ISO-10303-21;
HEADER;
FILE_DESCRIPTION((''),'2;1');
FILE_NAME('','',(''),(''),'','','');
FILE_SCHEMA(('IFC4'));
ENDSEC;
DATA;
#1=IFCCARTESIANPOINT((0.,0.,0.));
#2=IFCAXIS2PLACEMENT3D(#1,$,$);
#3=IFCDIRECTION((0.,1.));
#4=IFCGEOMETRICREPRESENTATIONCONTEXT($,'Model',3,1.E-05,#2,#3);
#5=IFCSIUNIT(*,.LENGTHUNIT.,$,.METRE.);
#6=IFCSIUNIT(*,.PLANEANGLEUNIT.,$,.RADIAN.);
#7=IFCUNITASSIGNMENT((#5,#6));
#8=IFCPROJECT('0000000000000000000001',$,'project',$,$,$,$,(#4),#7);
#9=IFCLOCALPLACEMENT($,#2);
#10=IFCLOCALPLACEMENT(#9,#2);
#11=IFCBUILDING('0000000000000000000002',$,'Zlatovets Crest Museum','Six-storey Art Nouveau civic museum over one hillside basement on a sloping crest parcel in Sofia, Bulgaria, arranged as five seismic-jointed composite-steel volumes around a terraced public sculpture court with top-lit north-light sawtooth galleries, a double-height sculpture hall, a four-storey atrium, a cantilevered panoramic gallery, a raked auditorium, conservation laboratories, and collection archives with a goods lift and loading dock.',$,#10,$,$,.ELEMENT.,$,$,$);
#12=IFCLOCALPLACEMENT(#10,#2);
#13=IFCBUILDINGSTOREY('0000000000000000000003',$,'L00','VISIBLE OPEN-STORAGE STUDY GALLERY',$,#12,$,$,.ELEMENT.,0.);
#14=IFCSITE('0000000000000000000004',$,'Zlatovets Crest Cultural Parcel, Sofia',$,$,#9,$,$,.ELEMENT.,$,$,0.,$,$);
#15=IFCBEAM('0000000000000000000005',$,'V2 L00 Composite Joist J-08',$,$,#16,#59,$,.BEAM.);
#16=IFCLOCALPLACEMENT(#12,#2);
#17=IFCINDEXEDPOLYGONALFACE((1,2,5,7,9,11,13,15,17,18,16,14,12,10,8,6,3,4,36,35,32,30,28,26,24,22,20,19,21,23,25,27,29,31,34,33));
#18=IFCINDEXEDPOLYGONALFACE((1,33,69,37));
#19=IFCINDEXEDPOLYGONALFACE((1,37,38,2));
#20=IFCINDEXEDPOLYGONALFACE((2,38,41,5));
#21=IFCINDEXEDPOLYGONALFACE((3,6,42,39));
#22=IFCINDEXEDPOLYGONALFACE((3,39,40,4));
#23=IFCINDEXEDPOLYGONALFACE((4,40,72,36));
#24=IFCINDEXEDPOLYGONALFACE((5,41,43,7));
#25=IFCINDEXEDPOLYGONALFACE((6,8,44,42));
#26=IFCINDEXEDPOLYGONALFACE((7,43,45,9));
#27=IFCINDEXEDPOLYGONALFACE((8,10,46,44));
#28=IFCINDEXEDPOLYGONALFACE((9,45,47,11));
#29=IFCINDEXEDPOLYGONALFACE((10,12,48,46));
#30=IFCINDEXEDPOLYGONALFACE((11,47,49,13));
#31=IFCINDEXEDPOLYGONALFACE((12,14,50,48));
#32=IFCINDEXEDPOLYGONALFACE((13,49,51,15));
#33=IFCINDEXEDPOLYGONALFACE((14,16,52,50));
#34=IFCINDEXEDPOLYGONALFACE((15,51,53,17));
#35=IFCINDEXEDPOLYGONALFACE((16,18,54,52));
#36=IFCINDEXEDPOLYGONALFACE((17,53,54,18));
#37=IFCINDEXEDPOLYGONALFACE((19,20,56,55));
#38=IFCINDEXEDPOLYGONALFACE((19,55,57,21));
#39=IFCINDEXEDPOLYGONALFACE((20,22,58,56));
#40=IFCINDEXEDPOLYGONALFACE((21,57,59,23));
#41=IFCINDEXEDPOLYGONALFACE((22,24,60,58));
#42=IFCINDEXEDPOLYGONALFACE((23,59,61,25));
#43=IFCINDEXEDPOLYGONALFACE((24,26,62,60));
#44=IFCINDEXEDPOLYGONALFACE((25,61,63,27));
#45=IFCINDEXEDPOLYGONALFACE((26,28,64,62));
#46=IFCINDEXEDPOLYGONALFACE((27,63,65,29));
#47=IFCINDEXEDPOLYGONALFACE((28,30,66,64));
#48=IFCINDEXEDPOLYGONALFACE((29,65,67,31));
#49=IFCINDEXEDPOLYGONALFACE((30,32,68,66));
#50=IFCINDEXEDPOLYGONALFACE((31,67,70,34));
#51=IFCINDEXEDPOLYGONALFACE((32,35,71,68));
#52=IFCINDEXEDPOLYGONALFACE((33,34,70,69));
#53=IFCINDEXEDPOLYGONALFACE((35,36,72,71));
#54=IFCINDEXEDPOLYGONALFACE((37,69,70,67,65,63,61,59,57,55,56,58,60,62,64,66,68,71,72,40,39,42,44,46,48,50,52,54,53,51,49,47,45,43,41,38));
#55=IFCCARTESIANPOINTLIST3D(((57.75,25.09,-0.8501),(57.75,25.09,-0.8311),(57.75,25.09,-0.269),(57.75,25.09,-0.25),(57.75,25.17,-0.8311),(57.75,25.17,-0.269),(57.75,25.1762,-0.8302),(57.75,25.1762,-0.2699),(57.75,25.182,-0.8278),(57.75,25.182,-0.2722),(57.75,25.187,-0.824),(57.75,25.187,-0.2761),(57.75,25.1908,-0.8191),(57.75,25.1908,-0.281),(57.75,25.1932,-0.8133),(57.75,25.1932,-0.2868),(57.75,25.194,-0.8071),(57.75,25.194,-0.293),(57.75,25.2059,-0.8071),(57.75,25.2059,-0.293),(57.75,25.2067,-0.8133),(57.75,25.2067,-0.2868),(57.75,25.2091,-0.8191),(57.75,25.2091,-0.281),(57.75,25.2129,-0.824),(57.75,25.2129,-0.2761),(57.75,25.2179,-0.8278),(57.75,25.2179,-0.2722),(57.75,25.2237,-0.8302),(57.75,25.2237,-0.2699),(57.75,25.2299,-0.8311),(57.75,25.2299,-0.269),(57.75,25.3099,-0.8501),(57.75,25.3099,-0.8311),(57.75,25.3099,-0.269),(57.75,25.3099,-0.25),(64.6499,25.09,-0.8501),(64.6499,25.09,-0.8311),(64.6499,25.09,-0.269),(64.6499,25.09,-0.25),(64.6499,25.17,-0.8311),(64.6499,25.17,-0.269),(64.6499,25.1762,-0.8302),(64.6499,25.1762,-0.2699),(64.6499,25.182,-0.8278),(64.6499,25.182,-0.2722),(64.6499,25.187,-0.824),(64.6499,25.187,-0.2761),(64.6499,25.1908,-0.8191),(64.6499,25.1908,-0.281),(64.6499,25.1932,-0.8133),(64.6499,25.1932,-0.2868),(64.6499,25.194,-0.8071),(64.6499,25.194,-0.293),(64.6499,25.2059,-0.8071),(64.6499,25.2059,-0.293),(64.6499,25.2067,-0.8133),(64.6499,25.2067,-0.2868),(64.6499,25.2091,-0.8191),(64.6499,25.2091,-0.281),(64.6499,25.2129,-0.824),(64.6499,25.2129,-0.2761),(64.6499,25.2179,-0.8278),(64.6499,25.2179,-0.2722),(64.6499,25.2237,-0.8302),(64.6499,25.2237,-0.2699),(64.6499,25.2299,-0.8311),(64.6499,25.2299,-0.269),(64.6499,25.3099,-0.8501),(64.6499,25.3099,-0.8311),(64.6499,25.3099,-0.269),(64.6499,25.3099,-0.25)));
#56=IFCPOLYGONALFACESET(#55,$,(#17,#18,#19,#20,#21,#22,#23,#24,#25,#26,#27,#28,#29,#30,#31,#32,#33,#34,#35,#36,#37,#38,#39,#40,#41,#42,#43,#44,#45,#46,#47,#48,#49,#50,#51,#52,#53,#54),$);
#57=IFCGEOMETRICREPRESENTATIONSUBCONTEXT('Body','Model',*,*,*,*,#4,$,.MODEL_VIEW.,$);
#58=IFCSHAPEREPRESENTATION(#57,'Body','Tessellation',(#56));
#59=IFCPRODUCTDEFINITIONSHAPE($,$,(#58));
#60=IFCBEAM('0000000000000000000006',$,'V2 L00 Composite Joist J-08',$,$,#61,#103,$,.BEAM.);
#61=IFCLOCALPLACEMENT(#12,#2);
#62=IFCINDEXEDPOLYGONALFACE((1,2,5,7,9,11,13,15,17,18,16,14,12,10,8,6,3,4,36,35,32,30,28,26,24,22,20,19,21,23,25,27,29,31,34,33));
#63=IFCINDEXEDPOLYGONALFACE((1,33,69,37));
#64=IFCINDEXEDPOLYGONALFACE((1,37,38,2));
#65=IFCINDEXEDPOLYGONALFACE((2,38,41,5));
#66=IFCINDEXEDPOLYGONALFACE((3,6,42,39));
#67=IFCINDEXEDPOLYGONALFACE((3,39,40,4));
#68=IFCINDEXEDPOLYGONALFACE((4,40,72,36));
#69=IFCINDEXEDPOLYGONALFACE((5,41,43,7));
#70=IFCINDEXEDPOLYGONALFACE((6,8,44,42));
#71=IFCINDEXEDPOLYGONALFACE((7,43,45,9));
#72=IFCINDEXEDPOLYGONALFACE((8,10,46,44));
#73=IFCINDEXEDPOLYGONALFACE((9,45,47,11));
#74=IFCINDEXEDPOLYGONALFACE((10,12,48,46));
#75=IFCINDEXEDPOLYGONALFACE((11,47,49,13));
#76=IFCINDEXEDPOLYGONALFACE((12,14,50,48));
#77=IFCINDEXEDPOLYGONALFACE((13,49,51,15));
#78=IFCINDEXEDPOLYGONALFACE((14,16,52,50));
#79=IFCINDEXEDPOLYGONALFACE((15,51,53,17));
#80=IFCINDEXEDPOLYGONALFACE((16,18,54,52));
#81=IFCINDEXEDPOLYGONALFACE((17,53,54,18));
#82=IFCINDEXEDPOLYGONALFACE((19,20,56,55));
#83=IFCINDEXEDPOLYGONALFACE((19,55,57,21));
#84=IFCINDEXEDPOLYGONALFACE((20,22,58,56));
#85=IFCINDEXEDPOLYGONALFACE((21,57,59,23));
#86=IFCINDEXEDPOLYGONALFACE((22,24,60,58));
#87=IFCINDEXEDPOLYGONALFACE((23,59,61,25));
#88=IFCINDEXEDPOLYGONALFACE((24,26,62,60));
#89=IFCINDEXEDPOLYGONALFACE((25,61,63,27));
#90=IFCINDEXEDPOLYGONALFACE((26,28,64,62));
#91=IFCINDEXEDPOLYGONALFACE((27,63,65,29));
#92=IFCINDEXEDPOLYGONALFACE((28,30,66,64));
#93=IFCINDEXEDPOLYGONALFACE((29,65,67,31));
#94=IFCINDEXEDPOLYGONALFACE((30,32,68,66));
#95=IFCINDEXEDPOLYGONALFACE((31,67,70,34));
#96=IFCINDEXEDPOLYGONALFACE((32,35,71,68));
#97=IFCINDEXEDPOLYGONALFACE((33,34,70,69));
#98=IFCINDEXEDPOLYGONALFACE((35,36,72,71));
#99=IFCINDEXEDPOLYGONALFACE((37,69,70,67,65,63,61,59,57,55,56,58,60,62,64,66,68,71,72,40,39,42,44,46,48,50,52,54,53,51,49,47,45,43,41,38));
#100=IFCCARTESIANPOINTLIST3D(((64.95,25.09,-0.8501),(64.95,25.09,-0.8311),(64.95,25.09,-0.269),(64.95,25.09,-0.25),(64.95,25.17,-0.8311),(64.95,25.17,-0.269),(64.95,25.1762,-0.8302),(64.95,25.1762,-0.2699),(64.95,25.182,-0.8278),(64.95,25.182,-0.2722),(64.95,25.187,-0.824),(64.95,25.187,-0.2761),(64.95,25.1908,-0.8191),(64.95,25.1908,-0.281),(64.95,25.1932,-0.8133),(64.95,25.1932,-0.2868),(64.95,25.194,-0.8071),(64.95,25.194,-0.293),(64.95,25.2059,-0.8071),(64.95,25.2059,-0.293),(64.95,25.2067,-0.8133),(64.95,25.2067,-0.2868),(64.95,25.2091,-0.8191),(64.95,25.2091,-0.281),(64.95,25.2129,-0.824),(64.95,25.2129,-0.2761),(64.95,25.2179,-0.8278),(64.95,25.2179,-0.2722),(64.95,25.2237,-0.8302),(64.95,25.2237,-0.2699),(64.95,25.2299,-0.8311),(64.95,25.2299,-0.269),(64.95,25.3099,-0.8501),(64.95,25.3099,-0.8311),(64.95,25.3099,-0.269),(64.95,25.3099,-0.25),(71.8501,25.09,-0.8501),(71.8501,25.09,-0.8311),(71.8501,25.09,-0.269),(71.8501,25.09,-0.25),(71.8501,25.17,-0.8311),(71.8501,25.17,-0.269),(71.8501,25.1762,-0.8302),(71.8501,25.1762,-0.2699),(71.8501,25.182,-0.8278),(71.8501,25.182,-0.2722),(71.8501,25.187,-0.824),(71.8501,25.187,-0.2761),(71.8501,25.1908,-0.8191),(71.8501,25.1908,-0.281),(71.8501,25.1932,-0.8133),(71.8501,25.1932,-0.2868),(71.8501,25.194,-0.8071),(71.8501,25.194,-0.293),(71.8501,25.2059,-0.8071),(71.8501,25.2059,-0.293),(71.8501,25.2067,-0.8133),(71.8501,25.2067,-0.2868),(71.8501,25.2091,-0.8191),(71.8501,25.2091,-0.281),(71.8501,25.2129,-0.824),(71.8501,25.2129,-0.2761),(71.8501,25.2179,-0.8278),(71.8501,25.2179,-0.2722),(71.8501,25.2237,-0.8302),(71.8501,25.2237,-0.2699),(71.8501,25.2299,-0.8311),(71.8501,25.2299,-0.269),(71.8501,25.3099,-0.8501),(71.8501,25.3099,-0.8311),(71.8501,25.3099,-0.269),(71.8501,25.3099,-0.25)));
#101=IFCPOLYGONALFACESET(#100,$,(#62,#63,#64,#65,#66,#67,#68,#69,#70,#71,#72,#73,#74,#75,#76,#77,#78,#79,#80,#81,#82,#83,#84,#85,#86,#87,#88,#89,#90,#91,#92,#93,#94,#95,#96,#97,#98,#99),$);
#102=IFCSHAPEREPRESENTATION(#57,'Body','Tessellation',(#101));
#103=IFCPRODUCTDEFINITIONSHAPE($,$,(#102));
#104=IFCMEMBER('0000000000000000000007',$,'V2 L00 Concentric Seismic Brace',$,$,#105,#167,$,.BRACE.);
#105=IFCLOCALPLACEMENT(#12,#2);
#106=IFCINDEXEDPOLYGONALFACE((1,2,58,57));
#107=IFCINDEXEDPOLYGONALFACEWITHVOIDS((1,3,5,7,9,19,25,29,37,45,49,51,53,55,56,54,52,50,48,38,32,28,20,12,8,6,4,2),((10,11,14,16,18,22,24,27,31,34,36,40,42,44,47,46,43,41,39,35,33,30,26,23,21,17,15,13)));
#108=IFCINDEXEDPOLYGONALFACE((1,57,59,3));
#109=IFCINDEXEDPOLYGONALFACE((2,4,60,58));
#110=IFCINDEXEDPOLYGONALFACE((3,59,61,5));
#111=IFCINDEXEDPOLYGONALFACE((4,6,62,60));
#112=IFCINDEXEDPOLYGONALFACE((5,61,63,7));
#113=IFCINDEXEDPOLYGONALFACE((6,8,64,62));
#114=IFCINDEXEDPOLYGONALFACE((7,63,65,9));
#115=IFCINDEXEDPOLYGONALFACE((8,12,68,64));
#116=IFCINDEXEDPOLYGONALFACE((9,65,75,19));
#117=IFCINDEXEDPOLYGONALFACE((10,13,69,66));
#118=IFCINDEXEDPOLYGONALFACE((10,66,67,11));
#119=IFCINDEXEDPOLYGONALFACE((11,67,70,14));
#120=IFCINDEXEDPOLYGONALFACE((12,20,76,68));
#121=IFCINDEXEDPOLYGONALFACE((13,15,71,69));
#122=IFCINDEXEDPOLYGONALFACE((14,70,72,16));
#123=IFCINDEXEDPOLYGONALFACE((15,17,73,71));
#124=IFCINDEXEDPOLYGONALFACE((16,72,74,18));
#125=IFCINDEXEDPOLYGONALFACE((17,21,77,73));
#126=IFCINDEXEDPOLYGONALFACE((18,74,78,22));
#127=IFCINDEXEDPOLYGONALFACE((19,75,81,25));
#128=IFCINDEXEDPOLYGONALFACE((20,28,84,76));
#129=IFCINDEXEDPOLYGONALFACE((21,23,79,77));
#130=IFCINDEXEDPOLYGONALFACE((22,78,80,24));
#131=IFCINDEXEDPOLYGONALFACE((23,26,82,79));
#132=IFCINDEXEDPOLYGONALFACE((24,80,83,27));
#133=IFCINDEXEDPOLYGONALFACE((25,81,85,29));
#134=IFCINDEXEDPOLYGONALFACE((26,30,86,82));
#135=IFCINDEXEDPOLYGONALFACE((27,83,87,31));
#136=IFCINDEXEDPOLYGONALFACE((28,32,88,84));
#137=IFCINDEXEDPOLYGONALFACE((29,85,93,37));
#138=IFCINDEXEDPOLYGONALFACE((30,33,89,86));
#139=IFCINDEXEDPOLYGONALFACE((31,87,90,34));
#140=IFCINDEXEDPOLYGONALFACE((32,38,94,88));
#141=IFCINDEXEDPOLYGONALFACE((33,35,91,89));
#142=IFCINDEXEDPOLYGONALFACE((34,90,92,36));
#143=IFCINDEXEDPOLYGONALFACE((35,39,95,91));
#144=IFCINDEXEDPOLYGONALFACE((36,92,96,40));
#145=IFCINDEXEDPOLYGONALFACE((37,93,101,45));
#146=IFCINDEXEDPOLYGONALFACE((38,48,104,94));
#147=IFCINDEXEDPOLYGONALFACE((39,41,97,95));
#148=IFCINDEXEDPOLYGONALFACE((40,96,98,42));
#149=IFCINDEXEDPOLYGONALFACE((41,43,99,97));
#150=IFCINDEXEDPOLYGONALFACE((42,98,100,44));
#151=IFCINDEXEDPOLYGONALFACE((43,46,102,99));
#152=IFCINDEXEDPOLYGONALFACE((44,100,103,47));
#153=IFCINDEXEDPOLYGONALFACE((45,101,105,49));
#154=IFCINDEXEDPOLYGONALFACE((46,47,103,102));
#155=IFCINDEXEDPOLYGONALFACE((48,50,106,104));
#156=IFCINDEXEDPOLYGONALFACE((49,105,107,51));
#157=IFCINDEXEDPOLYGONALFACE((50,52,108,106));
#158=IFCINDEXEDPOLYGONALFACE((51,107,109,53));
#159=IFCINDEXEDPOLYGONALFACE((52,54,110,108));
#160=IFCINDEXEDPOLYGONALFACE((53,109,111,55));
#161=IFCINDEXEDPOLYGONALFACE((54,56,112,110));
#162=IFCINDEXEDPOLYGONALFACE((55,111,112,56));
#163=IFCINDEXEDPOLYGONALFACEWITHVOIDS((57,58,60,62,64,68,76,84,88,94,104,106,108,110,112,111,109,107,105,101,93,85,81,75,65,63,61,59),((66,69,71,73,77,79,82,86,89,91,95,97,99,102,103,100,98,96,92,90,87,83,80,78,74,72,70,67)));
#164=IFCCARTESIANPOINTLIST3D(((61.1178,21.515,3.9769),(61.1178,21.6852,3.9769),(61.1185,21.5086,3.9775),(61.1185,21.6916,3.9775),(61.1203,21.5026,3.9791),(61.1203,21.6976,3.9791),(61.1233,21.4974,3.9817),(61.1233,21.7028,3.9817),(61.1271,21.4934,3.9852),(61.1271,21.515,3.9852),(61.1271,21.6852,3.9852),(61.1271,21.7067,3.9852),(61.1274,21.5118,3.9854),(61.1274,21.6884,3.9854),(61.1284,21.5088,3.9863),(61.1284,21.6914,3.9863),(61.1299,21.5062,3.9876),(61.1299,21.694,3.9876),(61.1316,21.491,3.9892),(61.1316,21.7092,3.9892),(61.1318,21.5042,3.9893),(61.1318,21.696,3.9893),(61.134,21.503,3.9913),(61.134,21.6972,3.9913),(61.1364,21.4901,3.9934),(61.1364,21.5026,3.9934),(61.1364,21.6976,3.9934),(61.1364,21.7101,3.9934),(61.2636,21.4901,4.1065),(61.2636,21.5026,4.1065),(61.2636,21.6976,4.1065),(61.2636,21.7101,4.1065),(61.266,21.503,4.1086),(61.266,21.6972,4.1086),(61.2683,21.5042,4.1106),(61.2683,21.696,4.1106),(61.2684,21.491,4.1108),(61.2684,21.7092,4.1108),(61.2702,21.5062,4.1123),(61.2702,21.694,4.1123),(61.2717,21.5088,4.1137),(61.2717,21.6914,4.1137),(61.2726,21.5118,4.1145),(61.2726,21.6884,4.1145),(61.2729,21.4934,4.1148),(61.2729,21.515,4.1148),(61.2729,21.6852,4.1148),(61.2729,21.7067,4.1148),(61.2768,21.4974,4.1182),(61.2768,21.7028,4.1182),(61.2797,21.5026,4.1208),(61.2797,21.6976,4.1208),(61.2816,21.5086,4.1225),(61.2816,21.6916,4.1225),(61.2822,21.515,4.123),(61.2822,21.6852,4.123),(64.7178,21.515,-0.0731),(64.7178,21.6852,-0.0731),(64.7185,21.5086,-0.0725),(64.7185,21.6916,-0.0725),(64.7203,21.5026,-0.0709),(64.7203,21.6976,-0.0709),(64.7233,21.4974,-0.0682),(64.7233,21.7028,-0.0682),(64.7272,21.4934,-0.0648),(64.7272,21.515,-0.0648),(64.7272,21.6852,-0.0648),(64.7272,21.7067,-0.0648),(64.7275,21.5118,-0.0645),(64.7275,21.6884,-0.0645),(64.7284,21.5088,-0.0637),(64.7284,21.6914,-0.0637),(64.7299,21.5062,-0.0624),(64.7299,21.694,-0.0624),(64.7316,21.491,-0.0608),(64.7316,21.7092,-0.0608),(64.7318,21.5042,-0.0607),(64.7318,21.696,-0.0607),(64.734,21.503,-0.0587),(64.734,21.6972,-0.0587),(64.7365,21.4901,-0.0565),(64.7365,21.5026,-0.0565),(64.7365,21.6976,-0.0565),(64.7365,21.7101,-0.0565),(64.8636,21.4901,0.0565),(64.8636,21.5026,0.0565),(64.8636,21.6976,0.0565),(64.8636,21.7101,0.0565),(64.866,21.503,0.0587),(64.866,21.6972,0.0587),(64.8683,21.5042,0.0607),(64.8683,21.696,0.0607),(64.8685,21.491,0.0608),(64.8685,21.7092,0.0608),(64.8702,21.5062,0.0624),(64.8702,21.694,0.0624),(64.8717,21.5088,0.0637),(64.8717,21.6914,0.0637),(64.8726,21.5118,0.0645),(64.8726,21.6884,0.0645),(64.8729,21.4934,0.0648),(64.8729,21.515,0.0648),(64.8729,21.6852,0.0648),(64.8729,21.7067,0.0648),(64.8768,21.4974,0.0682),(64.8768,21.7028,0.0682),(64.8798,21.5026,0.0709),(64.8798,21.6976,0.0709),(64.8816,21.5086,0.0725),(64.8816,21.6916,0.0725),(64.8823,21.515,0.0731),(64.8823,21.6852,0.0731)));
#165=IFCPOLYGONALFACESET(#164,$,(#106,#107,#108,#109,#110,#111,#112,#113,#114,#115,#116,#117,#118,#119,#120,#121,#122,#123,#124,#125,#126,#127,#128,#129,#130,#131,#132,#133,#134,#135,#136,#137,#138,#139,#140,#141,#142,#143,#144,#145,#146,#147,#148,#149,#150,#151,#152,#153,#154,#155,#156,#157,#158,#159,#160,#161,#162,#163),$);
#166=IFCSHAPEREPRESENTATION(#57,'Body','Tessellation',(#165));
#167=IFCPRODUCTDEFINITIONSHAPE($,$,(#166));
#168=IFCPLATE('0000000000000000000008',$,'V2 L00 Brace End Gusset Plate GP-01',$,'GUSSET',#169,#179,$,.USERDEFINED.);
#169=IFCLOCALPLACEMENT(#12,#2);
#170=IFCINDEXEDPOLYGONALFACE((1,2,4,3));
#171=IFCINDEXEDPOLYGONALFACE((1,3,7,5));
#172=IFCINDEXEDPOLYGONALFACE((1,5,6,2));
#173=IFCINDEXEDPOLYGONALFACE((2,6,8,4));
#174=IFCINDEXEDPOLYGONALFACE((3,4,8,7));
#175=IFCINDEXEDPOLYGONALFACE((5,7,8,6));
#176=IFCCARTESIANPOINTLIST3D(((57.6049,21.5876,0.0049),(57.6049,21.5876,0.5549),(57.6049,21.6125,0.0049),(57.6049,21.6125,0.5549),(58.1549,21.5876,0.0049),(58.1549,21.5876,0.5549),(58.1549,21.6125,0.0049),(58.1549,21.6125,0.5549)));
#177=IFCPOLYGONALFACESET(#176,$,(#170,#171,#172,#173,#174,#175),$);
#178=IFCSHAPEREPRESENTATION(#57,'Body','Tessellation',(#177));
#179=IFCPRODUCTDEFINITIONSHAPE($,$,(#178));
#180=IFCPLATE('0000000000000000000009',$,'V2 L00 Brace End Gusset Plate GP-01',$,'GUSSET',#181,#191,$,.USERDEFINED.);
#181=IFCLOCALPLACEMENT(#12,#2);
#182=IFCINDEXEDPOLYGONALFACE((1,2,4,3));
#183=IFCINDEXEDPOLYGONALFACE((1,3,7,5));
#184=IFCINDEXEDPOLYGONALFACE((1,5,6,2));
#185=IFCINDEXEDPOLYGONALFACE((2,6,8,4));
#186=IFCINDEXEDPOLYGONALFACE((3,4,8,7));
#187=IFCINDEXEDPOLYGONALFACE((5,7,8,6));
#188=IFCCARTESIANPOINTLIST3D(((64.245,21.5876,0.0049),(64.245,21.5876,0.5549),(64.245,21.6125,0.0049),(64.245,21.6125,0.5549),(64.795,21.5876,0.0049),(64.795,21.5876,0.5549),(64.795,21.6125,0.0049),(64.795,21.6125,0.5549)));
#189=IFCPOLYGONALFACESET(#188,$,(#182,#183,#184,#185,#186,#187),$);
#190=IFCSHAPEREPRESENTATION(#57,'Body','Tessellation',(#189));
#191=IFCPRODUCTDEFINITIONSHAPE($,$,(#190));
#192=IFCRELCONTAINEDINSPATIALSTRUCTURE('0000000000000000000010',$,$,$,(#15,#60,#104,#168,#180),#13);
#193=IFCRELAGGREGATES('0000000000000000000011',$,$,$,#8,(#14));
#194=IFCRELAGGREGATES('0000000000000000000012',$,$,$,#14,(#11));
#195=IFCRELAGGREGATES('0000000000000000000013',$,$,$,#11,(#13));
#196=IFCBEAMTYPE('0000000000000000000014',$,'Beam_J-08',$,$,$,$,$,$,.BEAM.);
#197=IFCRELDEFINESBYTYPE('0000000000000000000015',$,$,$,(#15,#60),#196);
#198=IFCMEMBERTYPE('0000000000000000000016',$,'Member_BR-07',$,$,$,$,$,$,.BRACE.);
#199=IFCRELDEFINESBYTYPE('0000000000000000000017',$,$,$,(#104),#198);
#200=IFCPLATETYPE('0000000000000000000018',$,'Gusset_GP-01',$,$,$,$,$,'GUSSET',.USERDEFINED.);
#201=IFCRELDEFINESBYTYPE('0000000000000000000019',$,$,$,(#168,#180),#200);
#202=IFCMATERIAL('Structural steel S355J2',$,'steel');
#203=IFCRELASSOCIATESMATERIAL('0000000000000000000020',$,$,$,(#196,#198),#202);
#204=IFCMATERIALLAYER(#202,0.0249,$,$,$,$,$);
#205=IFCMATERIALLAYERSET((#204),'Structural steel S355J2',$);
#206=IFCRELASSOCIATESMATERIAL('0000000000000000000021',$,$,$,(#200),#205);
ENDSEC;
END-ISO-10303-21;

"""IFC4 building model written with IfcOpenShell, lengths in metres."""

from ifc_helpers import new_model, si_unit, direction, frame, origin, origin_2d, place, context, subcontext, project, spatial, rectangle, hollow_rectangle, i_section, extrude, material, layer, layer_set, material_profile, profile_set, type_object, element, save


model = new_model("IFC4")

# Units and contexts
model_context = context("Model", 3, precision=1e-05, world=origin(), true_north=direction((0.0, 1.0)))
body_context = subcontext(model_context, "Body", "Model", "MODEL_VIEW")
ifc_project = project(units=[si_unit("LENGTHUNIT", "METRE"), si_unit("PLANEANGLEUNIT", "RADIAN")], contexts=[model_context])

# Site, building, storey
site_placement = place(None, origin())
site = spatial("IfcSite", under=ifc_project, at=site_placement, Name="Zlatovets Crest Cultural Parcel, Sofia", CompositionType="ELEMENT", RefElevation=0.0)
building_placement = place(site_placement, origin())
building = spatial("IfcBuilding", under=site, at=building_placement, Name="Zlatovets Crest Museum", Description="Six-storey Art Nouveau civic museum over one hillside basement on a sloping crest parcel in Sofia, Bulgaria, arranged as five seismic-jointed composite-steel volumes around a terraced public sculpture court with top-lit north-light sawtooth galleries, a double-height sculpture hall, a four-storey atrium, a cantilevered panoramic gallery, a raked auditorium, conservation laboratories, and collection archives with a goods lift and loading dock.", CompositionType="ELEMENT")
storey_placement = place(building_placement, origin())
storey = spatial("IfcBuildingStorey", under=building, at=storey_placement, Name="L00", Description="VISIBLE OPEN-STORAGE STUDY GALLERY", CompositionType="ELEMENT", Elevation=0.0)

# Shared definitions
ifc_material_1 = material(Name="Structural steel S355J2", Category="steel")

# Beams
ifc_material_profile_1 = material_profile(ifc_material_1, i_section(OverallWidth=0.22, OverallDepth=0.6001, WebThickness=0.012, FlangeThickness=0.019, FilletRadius=0.0239, at=origin_2d()), Name="IPE 600")
ifc_profile_set_1 = profile_set([ifc_material_profile_1], Name="Structural steel S355J2")
beam_type_1 = type_object("IfcBeamType", Name="Beam_J-08", PredefinedType="BEAM", material=ifc_profile_set_1)
beam_1_placement = place(storey_placement, frame((57.75, 25.2, -0.55), z_axis=(1.0, 0.0, 0.0), x_axis=(0.0, 1.0, 0.0)))
element("IfcBeam", 1, at=beam_1_placement, inside=storey, type_object=beam_type_1, Name="V2 L00 Composite Joist J-08", PredefinedType="BEAM", context=body_context, shape_type="SweptSolid", body=[
    extrude(i_section(OverallWidth=0.22, OverallDepth=0.6001, WebThickness=0.012, FlangeThickness=0.019, FilletRadius=0.0239, at=origin_2d()), origin(), (0.0, 0.0, 1.0), 6.8999),
])
beam_2_placement = place(storey_placement, frame((64.95, 25.2, -0.55), z_axis=(1.0, 0.0, 0.0), x_axis=(0.0, 1.0, 0.0)))
element("IfcBeam", 2, at=beam_2_placement, inside=storey, type_object=beam_type_1, Name="V2 L00 Composite Joist J-08", PredefinedType="BEAM", context=body_context, shape_type="SweptSolid", body=[
    extrude(i_section(OverallWidth=0.22, OverallDepth=0.6001, WebThickness=0.012, FlangeThickness=0.019, FilletRadius=0.0239, at=origin_2d()), origin(), (0.0, 0.0, 1.0), 6.9001),
])

# Member
ifc_material_profile_2 = material_profile(ifc_material_1, hollow_rectangle(XDim=0.22, YDim=0.22, WallThickness=0.0125, InnerFilletRadius=0.0125, OuterFilletRadius=0.0249, at=origin_2d()), Name="SHS 220x220x12.5")
ifc_profile_set_2 = profile_set([ifc_material_profile_2], Name="Structural steel S355J2")
member_type = type_object("IfcMemberType", Name="Member_BR-07", PredefinedType="BRACE", material=ifc_profile_set_2)
member_placement = place(storey_placement, frame((64.8, 21.6001, 0.0), z_axis=(-0.664369, 0.0, 0.747404), x_axis=(0.0, -1.0, 0.0)))
element("IfcMember", 3, at=member_placement, inside=storey, type_object=member_type, Name="V2 L00 Concentric Seismic Brace", PredefinedType="BRACE", context=body_context, shape_type="SweptSolid", body=[
    extrude(hollow_rectangle(XDim=0.22, YDim=0.22, WallThickness=0.0125, InnerFilletRadius=0.0125, OuterFilletRadius=0.0249, at=origin_2d()), origin(), (0.0, 0.0, 1.0), 5.4187),
])

# Plates
ifc_layer_1 = layer(ifc_material_1, 0.0249)
ifc_layer_set_1 = layer_set([ifc_layer_1], Name="Structural steel S355J2")
plate_type = type_object("IfcPlateType", Name="Gusset_GP-01", ElementType="GUSSET", PredefinedType="USERDEFINED", material=ifc_layer_set_1)
for number, where, z_axis, x_axis, name in (
    (4, (57.8799, 21.6001, 0.0049), (0.0, 0.0, 1.0), (1.0, 0.0, 0.0), "V2 L00 Brace End Gusset Plate GP-01"),
    (5, (64.52, 21.6001, 0.0049), (0.0, 0.0, 1.0), (1.0, 0.0, 0.0), "V2 L00 Brace End Gusset Plate GP-01"),
):
    element("IfcPlate", number, at=place(storey_placement, frame(where, z_axis=z_axis, x_axis=x_axis)), inside=storey, type_object=plate_type, Name=name, ObjectType="GUSSET", PredefinedType="USERDEFINED", context=body_context, shape_type="SweptSolid", body=[
        extrude(rectangle(XDim=0.55, YDim=0.0249, at=origin_2d()), origin(), (0.0, 0.0, 1.0), 0.55),
    ])

save(model, "model.ifc")
